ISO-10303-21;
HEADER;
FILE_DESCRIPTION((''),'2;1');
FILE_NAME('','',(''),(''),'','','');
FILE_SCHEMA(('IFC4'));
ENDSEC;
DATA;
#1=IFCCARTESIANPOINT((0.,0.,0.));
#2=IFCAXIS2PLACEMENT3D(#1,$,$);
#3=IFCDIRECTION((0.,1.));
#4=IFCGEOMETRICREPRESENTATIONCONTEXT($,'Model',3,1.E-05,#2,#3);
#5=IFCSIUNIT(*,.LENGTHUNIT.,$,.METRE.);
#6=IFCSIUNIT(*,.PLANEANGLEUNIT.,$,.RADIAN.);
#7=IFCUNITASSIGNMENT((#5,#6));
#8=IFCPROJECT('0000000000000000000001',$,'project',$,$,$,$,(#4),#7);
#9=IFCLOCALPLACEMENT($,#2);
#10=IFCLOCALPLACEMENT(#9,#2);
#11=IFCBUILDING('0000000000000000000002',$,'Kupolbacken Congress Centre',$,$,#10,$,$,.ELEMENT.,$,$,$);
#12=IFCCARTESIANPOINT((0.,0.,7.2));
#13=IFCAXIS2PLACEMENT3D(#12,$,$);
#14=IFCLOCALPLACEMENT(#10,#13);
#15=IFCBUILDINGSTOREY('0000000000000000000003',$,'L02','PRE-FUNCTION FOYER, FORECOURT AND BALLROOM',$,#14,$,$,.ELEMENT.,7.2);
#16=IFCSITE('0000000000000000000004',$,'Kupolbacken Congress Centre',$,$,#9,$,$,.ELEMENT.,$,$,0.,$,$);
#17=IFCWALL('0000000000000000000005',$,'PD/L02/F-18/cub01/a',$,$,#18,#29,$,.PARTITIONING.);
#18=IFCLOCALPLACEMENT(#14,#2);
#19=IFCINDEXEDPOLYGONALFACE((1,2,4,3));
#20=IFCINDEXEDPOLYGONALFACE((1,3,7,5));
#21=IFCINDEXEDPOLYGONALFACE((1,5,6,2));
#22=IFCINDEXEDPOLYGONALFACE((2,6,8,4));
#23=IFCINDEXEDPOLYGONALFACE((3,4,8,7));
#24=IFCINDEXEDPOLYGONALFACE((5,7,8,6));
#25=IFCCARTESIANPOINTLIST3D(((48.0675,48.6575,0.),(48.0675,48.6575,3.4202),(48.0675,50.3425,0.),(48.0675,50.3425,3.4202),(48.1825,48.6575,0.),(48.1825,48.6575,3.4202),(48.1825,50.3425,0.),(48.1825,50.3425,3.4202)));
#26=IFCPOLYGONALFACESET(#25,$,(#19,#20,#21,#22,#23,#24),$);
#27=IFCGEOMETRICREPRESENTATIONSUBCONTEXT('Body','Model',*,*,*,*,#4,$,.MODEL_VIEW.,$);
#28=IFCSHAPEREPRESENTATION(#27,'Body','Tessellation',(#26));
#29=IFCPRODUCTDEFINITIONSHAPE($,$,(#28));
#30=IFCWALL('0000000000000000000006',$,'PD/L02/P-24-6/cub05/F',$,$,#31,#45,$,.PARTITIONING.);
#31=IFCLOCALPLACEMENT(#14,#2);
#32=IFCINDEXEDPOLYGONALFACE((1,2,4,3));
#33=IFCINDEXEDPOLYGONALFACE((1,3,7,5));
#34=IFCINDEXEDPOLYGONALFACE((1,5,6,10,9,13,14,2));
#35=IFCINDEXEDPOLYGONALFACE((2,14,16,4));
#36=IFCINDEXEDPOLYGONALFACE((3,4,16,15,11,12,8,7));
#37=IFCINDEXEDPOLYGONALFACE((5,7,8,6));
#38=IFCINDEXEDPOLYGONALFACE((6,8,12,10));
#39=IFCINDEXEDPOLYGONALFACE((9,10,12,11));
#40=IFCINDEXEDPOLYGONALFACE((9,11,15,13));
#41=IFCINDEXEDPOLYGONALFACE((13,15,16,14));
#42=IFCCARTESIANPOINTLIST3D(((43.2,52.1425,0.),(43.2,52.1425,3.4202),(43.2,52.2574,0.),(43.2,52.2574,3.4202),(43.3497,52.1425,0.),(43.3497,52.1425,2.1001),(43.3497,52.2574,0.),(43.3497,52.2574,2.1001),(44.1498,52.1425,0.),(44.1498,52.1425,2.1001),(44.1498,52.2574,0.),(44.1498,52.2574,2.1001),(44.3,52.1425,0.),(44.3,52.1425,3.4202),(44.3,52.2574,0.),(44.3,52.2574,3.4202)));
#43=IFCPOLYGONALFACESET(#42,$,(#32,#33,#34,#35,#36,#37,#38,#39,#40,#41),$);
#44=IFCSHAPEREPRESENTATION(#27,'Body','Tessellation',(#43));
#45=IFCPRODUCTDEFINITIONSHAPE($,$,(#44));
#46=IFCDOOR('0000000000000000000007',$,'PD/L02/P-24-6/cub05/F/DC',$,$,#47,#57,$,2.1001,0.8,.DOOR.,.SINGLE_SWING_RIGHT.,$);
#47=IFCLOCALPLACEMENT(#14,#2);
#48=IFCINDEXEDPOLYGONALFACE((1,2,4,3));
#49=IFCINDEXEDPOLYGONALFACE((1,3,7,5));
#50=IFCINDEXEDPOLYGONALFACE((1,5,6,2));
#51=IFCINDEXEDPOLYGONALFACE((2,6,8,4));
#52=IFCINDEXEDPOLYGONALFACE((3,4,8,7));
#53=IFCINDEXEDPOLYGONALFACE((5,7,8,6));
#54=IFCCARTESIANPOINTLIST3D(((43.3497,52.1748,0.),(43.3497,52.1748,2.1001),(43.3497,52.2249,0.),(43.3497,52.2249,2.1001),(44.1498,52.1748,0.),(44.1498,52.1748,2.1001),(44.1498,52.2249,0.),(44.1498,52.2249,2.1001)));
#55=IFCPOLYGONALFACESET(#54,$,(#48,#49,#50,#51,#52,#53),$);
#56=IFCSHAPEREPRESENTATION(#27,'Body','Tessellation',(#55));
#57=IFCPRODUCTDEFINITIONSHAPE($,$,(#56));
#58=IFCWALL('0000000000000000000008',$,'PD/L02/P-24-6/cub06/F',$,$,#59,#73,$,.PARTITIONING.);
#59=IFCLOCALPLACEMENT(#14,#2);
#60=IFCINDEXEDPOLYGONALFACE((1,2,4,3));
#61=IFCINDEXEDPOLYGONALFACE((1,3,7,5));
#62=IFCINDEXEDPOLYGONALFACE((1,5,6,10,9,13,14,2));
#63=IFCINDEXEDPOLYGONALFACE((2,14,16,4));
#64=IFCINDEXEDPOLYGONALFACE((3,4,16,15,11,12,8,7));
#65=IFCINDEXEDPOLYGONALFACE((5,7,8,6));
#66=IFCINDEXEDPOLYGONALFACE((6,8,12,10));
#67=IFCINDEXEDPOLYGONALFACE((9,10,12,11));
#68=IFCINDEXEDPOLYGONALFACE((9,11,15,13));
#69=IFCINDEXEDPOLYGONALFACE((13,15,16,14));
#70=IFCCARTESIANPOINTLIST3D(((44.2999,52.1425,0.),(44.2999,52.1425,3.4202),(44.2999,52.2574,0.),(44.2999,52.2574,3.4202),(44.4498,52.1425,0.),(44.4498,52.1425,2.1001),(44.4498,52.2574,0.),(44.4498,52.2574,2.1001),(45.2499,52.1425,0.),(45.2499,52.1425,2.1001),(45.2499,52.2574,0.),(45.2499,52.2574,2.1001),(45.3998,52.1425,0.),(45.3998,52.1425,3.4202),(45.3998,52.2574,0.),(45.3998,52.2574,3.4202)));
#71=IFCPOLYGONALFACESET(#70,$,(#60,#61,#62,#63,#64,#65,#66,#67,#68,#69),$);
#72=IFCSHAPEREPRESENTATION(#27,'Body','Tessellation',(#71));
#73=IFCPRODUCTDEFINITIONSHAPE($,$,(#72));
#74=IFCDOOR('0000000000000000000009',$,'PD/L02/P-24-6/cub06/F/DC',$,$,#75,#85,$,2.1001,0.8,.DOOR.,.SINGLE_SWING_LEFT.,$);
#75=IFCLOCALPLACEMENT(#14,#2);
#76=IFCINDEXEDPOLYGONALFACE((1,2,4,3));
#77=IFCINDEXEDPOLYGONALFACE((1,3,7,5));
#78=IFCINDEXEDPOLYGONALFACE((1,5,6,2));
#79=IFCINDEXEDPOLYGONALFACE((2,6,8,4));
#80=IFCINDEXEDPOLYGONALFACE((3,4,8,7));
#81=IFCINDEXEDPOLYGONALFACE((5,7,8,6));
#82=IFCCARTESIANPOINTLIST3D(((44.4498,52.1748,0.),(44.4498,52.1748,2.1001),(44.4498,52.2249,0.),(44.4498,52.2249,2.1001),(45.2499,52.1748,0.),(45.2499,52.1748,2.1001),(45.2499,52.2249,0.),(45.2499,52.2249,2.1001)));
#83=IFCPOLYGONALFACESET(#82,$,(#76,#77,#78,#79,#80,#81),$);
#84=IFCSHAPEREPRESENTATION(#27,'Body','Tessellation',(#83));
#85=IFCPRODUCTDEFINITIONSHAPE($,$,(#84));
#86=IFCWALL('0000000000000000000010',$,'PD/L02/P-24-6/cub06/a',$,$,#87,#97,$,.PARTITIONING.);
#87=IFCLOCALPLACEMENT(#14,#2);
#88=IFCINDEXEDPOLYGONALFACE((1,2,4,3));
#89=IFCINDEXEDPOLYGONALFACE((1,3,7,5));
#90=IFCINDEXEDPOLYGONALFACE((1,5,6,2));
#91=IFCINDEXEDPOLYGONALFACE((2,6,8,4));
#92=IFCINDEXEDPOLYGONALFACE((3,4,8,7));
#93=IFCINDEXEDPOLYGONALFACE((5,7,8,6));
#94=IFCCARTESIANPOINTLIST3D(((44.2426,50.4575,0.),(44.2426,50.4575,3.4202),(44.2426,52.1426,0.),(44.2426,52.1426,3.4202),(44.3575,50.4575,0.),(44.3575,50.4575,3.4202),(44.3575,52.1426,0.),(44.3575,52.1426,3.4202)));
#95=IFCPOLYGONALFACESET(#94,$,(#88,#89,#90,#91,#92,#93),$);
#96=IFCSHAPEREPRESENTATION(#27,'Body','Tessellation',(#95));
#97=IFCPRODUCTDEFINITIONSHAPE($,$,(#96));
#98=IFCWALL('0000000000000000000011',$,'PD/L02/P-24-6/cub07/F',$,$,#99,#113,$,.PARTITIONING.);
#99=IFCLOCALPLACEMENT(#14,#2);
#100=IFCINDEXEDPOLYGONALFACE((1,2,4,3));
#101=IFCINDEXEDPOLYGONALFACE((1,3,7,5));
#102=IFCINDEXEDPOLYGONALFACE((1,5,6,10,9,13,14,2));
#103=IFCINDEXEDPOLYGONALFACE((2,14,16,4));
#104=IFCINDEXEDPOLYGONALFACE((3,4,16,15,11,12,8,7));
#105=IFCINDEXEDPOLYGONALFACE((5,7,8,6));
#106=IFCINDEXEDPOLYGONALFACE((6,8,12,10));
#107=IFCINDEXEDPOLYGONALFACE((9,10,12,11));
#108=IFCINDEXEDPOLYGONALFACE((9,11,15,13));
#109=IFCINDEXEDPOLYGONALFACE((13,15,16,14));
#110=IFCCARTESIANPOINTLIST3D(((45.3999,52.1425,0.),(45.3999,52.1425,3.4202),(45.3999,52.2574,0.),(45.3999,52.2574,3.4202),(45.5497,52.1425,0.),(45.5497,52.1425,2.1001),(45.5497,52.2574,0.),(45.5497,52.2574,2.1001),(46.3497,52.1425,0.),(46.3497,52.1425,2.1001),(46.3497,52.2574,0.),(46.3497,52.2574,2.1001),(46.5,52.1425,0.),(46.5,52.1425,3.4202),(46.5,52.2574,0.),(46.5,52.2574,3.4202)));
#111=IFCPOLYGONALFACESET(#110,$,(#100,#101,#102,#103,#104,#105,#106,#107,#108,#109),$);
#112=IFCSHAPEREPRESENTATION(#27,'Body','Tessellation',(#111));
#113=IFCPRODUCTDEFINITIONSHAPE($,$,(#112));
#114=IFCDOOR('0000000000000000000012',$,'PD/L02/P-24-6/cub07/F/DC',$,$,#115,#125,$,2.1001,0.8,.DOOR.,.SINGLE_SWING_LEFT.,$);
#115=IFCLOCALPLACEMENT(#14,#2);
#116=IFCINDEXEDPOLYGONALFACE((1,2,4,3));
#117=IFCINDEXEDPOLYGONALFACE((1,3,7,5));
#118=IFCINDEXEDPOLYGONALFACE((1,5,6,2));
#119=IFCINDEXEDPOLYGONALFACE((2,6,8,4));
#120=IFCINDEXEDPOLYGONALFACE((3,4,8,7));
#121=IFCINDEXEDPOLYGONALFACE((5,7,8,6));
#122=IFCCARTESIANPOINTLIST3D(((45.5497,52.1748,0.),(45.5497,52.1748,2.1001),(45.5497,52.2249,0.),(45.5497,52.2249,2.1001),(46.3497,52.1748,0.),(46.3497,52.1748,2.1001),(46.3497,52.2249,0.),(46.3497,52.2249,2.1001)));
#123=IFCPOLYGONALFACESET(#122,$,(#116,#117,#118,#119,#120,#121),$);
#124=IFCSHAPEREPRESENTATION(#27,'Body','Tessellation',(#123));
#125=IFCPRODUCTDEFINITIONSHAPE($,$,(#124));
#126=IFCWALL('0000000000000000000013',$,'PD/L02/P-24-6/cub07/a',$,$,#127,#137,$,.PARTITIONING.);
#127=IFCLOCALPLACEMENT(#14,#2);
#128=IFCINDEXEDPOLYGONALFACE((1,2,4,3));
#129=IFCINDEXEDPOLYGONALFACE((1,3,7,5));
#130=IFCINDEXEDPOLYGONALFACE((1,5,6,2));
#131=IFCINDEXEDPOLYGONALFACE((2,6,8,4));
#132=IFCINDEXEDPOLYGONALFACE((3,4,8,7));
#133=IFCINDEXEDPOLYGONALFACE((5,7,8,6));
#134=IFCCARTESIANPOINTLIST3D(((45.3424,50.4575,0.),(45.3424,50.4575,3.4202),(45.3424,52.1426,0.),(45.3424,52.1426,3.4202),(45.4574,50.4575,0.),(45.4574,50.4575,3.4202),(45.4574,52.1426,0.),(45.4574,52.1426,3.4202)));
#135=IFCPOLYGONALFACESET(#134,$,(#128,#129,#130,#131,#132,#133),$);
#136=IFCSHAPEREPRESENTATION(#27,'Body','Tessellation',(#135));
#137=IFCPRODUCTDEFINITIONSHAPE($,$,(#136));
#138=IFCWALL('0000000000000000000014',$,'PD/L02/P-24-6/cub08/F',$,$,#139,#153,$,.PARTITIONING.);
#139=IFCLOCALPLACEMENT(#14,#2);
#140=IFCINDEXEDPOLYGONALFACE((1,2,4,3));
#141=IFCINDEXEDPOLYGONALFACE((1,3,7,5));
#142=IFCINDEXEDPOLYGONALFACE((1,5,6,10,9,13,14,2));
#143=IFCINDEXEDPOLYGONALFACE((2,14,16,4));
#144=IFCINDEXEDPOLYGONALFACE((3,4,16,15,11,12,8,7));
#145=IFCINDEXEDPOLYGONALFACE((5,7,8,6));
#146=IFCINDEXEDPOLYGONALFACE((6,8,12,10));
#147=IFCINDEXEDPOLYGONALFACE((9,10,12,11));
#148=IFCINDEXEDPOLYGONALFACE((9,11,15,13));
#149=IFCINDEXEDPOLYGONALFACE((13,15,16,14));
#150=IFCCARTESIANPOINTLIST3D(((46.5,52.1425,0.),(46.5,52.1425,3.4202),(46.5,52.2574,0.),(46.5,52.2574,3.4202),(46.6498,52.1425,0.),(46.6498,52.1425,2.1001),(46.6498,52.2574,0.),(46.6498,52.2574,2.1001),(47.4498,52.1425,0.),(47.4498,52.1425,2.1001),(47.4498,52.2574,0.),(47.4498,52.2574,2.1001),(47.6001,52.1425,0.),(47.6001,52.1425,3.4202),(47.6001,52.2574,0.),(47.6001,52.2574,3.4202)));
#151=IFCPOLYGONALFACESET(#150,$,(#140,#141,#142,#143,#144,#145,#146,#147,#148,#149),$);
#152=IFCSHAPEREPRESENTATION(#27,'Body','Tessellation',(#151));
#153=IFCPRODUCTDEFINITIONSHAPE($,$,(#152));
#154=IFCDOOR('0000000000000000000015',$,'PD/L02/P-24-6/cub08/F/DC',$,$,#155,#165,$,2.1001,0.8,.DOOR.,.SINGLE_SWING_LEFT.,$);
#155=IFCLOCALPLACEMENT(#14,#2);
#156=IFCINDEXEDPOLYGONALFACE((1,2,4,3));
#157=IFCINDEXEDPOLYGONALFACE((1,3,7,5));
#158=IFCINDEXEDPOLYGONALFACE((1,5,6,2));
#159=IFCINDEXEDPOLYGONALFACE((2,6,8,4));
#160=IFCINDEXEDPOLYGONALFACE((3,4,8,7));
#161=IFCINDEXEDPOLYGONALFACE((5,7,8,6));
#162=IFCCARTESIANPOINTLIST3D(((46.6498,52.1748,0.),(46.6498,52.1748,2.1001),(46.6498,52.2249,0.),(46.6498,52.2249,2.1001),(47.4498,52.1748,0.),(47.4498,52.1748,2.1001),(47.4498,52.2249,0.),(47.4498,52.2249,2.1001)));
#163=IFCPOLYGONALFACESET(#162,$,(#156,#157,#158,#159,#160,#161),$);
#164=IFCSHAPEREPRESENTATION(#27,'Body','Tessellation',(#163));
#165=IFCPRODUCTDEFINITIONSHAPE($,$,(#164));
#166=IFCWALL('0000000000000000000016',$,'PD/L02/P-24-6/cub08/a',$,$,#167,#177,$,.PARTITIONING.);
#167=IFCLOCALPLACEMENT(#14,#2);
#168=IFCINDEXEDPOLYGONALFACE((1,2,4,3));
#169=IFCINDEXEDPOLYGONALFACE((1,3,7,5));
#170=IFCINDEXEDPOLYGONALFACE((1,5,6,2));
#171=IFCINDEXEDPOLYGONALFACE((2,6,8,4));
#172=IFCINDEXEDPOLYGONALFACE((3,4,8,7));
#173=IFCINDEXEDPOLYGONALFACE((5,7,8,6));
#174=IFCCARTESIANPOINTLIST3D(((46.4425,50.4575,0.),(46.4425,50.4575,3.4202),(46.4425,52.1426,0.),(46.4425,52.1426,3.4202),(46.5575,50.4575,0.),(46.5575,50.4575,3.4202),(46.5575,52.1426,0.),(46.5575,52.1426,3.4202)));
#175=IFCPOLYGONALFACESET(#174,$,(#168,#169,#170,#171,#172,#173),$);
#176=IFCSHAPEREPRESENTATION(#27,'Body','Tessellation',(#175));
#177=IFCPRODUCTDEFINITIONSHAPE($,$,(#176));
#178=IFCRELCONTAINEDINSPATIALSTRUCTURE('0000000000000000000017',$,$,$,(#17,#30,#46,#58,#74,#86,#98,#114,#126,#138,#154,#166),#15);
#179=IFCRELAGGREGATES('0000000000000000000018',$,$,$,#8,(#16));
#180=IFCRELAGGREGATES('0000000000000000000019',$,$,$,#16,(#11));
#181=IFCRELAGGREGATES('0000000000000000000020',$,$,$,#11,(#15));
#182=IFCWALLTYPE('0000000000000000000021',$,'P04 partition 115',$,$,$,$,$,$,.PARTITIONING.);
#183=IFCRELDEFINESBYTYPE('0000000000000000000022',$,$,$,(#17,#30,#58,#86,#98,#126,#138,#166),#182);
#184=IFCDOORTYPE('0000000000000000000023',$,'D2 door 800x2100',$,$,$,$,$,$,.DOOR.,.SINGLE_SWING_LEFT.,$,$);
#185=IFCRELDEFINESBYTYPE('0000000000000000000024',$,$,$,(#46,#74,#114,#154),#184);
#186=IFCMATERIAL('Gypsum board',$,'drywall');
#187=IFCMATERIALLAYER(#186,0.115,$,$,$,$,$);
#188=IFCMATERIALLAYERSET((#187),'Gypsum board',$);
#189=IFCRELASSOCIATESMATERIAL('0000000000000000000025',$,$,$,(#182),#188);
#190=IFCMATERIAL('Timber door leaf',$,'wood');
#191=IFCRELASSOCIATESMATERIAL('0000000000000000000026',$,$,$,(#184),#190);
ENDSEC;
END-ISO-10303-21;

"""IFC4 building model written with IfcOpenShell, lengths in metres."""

from ifc_helpers import new_model, si_unit, direction, frame, frame_2d, origin, place, context, subcontext, project, spatial, rectangle, extrude, material, layer, layer_set, type_object, element, fill, save


model = new_model("IFC4")

# Units and contexts
model_context = context("Model", 3, precision=1e-05, world=origin(), true_north=direction((0.0, 1.0)))
body_context = subcontext(model_context, "Body", "Model", "MODEL_VIEW")
ifc_project = project(units=[si_unit("LENGTHUNIT", "METRE"), si_unit("PLANEANGLEUNIT", "RADIAN")], contexts=[model_context])

# Site, building, storey
site_placement = place(None, origin())
site = spatial("IfcSite", under=ifc_project, at=site_placement, Name="Kupolbacken Congress Centre", CompositionType="ELEMENT", RefElevation=0.0)
building_placement = place(site_placement, origin())
building = spatial("IfcBuilding", under=site, at=building_placement, Name="Kupolbacken Congress Centre", CompositionType="ELEMENT")
storey_placement = place(building_placement, frame((0.0, 0.0, 7.2)))
storey = spatial("IfcBuildingStorey", under=building, at=storey_placement, Name="L02", Description="PRE-FUNCTION FOYER, FORECOURT AND BALLROOM", CompositionType="ELEMENT", Elevation=7.2)

# Wall
ifc_material_1 = material(Name="Gypsum board", Category="drywall")
ifc_layer_1 = layer(ifc_material_1, 0.115)
ifc_layer_set_1 = layer_set([ifc_layer_1], Name="Gypsum board")
wall_type_1 = type_object("IfcWallType", Name="P04 partition 115", PredefinedType="PARTITIONING", material=ifc_layer_set_1)
wall_1_placement = place(storey_placement, frame((48.125, 50.3425, 0.0), z_axis=(0.0, 0.0, 1.0), x_axis=(0.0, -1.0, 0.0)))
element("IfcWall", 1, at=wall_1_placement, inside=storey, type_object=wall_type_1, Name="PD/L02/F-18/cub01/a", PredefinedType="PARTITIONING", context=body_context, shape_type="SweptSolid", body=[
    extrude(rectangle(XDim=1.6851, YDim=0.115, at=frame_2d((0.8425, 0.0))), origin(), (0.0, 0.0, 1.0), 3.4202),
])

# Walls, openings, doors
wall_2_placement = place(storey_placement, frame((43.2, 52.2, 0.0), z_axis=(0.0, 0.0, 1.0), x_axis=(1.0, 0.0, 0.0)))
wall_2 = element("IfcWall", 2, at=wall_2_placement, inside=storey, type_object=wall_type_1, Name="PD/L02/P-24-6/cub05/F", PredefinedType="PARTITIONING", context=body_context, shape_type="SweptSolid", body=[
    extrude(rectangle(XDim=1.1001, YDim=0.115, at=frame_2d((0.55, 0.0))), origin(), (0.0, 0.0, 1.0), 3.4202),
])
opening_1_placement = place(wall_2_placement, frame((0.1499, 0.0, 0.0)))
opening_1 = element("IfcOpeningElement", 3, at=opening_1_placement, cuts=wall_2, PredefinedType="OPENING", context=body_context, shape_type="SweptSolid", body=[
    extrude(rectangle(XDim=0.8, YDim=2.1001, at=frame_2d((0.3999, 1.05))), frame((0.0, 0.0674, 0.0), z_axis=(0.0, -1.0, 0.0), x_axis=(1.0, 0.0, 0.0)), (0.0, 0.0, 1.0), 0.135),
])
ifc_material_2 = material(Name="Timber door leaf", Category="wood")
door_type_1 = type_object("IfcDoorType", Name="D2 door 800x2100", OperationType="SINGLE_SWING_LEFT", PredefinedType="DOOR", material=ifc_material_2)
door_1_placement = place(opening_1_placement, origin())
door_1 = element("IfcDoor", 4, at=door_1_placement, inside=storey, type_object=door_type_1, Name="PD/L02/P-24-6/cub05/F/DC", OperationType="SINGLE_SWING_RIGHT", OverallHeight=2.1001, OverallWidth=0.8, PredefinedType="DOOR", context=body_context, shape_type="SweptSolid", body=[
    extrude(rectangle(XDim=0.8, YDim=2.1001, at=frame_2d((0.3999, 1.05))), frame((0.0, 0.0249, 0.0), z_axis=(0.0, -1.0, 0.0), x_axis=(1.0, 0.0, 0.0)), (0.0, 0.0, 1.0), 0.05),
])
fill(opening_1, door_1)
wall_3_placement = place(storey_placement, frame((44.3, 52.2, 0.0), z_axis=(0.0, 0.0, 1.0), x_axis=(1.0, 0.0, 0.0)))
wall_3 = element("IfcWall", 5, at=wall_3_placement, inside=storey, type_object=wall_type_1, Name="PD/L02/P-24-6/cub06/F", PredefinedType="PARTITIONING", context=body_context, shape_type="SweptSolid", body=[
    extrude(rectangle(XDim=1.0999, YDim=0.115, at=frame_2d((0.5498, 0.0))), origin(), (0.0, 0.0, 1.0), 3.4202),
])
opening_2_placement = place(wall_3_placement, frame((0.1499, 0.0, 0.0)))
opening_2 = element("IfcOpeningElement", 6, at=opening_2_placement, cuts=wall_3, PredefinedType="OPENING", context=body_context, shape_type="SweptSolid", body=[
    extrude(rectangle(XDim=0.8, YDim=2.1001, at=frame_2d((0.3999, 1.05))), frame((0.0, 0.0674, 0.0), z_axis=(0.0, -1.0, 0.0), x_axis=(1.0, 0.0, 0.0)), (0.0, 0.0, 1.0), 0.135),
])
door_2_placement = place(opening_2_placement, origin())
door_2 = element("IfcDoor", 7, at=door_2_placement, inside=storey, type_object=door_type_1, Name="PD/L02/P-24-6/cub06/F/DC", OperationType="SINGLE_SWING_LEFT", OverallHeight=2.1001, OverallWidth=0.8, PredefinedType="DOOR", context=body_context, shape_type="SweptSolid", body=[
    extrude(rectangle(XDim=0.8, YDim=2.1001, at=frame_2d((0.3999, 1.05))), frame((0.0, 0.0249, 0.0), z_axis=(0.0, -1.0, 0.0), x_axis=(1.0, 0.0, 0.0)), (0.0, 0.0, 1.0), 0.05),
])
fill(opening_2, door_2)

# Wall
wall_4_placement = place(storey_placement, frame((44.3, 50.4575, 0.0), z_axis=(0.0, 0.0, 1.0), x_axis=(0.0, 1.0, 0.0)))
element("IfcWall", 8, at=wall_4_placement, inside=storey, type_object=wall_type_1, Name="PD/L02/P-24-6/cub06/a", PredefinedType="PARTITIONING", context=body_context, shape_type="SweptSolid", body=[
    extrude(rectangle(XDim=1.6851, YDim=0.115, at=frame_2d((0.8425, 0.0))), origin(), (0.0, 0.0, 1.0), 3.4202),
])

# Wall, opening, door
wall_5_placement = place(storey_placement, frame((45.3999, 52.2, 0.0), z_axis=(0.0, 0.0, 1.0), x_axis=(1.0, 0.0, 0.0)))
wall_5 = element("IfcWall", 9, at=wall_5_placement, inside=storey, type_object=wall_type_1, Name="PD/L02/P-24-6/cub07/F", PredefinedType="PARTITIONING", context=body_context, shape_type="SweptSolid", body=[
    extrude(rectangle(XDim=1.1001, YDim=0.115, at=frame_2d((0.55, 0.0))), origin(), (0.0, 0.0, 1.0), 3.4202),
])
opening_3_placement = place(wall_5_placement, frame((0.1499, 0.0, 0.0)))
opening_3 = element("IfcOpeningElement", 10, at=opening_3_placement, cuts=wall_5, PredefinedType="OPENING", context=body_context, shape_type="SweptSolid", body=[
    extrude(rectangle(XDim=0.8, YDim=2.1001, at=frame_2d((0.3999, 1.05))), frame((0.0, 0.0674, 0.0), z_axis=(0.0, -1.0, 0.0), x_axis=(1.0, 0.0, 0.0)), (0.0, 0.0, 1.0), 0.135),
])
door_3_placement = place(opening_3_placement, origin())
door_3 = element("IfcDoor", 11, at=door_3_placement, inside=storey, type_object=door_type_1, Name="PD/L02/P-24-6/cub07/F/DC", OperationType="SINGLE_SWING_LEFT", OverallHeight=2.1001, OverallWidth=0.8, PredefinedType="DOOR", context=body_context, shape_type="SweptSolid", body=[
    extrude(rectangle(XDim=0.8, YDim=2.1001, at=frame_2d((0.3999, 1.05))), frame((0.0, 0.0249, 0.0), z_axis=(0.0, -1.0, 0.0), x_axis=(1.0, 0.0, 0.0)), (0.0, 0.0, 1.0), 0.05),
])
fill(opening_3, door_3)

# Wall
wall_6_placement = place(storey_placement, frame((45.3999, 50.4575, 0.0), z_axis=(0.0, 0.0, 1.0), x_axis=(0.0, 1.0, 0.0)))
element("IfcWall", 12, at=wall_6_placement, inside=storey, type_object=wall_type_1, Name="PD/L02/P-24-6/cub07/a", PredefinedType="PARTITIONING", context=body_context, shape_type="SweptSolid", body=[
    extrude(rectangle(XDim=1.6851, YDim=0.115, at=frame_2d((0.8425, 0.0))), origin(), (0.0, 0.0, 1.0), 3.4202),
])

# Wall, opening, door
wall_7_placement = place(storey_placement, frame((46.5, 52.2, 0.0), z_axis=(0.0, 0.0, 1.0), x_axis=(1.0, 0.0, 0.0)))
wall_7 = element("IfcWall", 13, at=wall_7_placement, inside=storey, type_object=wall_type_1, Name="PD/L02/P-24-6/cub08/F", PredefinedType="PARTITIONING", context=body_context, shape_type="SweptSolid", body=[
    extrude(rectangle(XDim=1.1001, YDim=0.115, at=frame_2d((0.55, 0.0))), origin(), (0.0, 0.0, 1.0), 3.4202),
])
opening_4_placement = place(wall_7_placement, frame((0.1499, 0.0, 0.0)))
opening_4 = element("IfcOpeningElement", 14, at=opening_4_placement, cuts=wall_7, PredefinedType="OPENING", context=body_context, shape_type="SweptSolid", body=[
    extrude(rectangle(XDim=0.8, YDim=2.1001, at=frame_2d((0.3999, 1.05))), frame((0.0, 0.0674, 0.0), z_axis=(0.0, -1.0, 0.0), x_axis=(1.0, 0.0, 0.0)), (0.0, 0.0, 1.0), 0.135),
])
door_4_placement = place(opening_4_placement, origin())
door_4 = element("IfcDoor", 15, at=door_4_placement, inside=storey, type_object=door_type_1, Name="PD/L02/P-24-6/cub08/F/DC", OperationType="SINGLE_SWING_LEFT", OverallHeight=2.1001, OverallWidth=0.8, PredefinedType="DOOR", context=body_context, shape_type="SweptSolid", body=[
    extrude(rectangle(XDim=0.8, YDim=2.1001, at=frame_2d((0.3999, 1.05))), frame((0.0, 0.0249, 0.0), z_axis=(0.0, -1.0, 0.0), x_axis=(1.0, 0.0, 0.0)), (0.0, 0.0, 1.0), 0.05),
])
fill(opening_4, door_4)

# Wall
for number, where, z_axis, x_axis, name in (
    (16, (46.5, 50.4575, 0.0), (0.0, 0.0, 1.0), (0.0, 1.0, 0.0), "PD/L02/P-24-6/cub08/a"),
):
    element("IfcWall", number, at=place(storey_placement, frame(where, z_axis=z_axis, x_axis=x_axis)), inside=storey, type_object=wall_type_1, Name=name, PredefinedType="PARTITIONING", context=body_context, shape_type="SweptSolid", body=[
        extrude(rectangle(XDim=1.6851, YDim=0.115, at=frame_2d((0.8425, 0.0))), origin(), (0.0, 0.0, 1.0), 3.4202),
    ])

save(model, "model.ifc")
